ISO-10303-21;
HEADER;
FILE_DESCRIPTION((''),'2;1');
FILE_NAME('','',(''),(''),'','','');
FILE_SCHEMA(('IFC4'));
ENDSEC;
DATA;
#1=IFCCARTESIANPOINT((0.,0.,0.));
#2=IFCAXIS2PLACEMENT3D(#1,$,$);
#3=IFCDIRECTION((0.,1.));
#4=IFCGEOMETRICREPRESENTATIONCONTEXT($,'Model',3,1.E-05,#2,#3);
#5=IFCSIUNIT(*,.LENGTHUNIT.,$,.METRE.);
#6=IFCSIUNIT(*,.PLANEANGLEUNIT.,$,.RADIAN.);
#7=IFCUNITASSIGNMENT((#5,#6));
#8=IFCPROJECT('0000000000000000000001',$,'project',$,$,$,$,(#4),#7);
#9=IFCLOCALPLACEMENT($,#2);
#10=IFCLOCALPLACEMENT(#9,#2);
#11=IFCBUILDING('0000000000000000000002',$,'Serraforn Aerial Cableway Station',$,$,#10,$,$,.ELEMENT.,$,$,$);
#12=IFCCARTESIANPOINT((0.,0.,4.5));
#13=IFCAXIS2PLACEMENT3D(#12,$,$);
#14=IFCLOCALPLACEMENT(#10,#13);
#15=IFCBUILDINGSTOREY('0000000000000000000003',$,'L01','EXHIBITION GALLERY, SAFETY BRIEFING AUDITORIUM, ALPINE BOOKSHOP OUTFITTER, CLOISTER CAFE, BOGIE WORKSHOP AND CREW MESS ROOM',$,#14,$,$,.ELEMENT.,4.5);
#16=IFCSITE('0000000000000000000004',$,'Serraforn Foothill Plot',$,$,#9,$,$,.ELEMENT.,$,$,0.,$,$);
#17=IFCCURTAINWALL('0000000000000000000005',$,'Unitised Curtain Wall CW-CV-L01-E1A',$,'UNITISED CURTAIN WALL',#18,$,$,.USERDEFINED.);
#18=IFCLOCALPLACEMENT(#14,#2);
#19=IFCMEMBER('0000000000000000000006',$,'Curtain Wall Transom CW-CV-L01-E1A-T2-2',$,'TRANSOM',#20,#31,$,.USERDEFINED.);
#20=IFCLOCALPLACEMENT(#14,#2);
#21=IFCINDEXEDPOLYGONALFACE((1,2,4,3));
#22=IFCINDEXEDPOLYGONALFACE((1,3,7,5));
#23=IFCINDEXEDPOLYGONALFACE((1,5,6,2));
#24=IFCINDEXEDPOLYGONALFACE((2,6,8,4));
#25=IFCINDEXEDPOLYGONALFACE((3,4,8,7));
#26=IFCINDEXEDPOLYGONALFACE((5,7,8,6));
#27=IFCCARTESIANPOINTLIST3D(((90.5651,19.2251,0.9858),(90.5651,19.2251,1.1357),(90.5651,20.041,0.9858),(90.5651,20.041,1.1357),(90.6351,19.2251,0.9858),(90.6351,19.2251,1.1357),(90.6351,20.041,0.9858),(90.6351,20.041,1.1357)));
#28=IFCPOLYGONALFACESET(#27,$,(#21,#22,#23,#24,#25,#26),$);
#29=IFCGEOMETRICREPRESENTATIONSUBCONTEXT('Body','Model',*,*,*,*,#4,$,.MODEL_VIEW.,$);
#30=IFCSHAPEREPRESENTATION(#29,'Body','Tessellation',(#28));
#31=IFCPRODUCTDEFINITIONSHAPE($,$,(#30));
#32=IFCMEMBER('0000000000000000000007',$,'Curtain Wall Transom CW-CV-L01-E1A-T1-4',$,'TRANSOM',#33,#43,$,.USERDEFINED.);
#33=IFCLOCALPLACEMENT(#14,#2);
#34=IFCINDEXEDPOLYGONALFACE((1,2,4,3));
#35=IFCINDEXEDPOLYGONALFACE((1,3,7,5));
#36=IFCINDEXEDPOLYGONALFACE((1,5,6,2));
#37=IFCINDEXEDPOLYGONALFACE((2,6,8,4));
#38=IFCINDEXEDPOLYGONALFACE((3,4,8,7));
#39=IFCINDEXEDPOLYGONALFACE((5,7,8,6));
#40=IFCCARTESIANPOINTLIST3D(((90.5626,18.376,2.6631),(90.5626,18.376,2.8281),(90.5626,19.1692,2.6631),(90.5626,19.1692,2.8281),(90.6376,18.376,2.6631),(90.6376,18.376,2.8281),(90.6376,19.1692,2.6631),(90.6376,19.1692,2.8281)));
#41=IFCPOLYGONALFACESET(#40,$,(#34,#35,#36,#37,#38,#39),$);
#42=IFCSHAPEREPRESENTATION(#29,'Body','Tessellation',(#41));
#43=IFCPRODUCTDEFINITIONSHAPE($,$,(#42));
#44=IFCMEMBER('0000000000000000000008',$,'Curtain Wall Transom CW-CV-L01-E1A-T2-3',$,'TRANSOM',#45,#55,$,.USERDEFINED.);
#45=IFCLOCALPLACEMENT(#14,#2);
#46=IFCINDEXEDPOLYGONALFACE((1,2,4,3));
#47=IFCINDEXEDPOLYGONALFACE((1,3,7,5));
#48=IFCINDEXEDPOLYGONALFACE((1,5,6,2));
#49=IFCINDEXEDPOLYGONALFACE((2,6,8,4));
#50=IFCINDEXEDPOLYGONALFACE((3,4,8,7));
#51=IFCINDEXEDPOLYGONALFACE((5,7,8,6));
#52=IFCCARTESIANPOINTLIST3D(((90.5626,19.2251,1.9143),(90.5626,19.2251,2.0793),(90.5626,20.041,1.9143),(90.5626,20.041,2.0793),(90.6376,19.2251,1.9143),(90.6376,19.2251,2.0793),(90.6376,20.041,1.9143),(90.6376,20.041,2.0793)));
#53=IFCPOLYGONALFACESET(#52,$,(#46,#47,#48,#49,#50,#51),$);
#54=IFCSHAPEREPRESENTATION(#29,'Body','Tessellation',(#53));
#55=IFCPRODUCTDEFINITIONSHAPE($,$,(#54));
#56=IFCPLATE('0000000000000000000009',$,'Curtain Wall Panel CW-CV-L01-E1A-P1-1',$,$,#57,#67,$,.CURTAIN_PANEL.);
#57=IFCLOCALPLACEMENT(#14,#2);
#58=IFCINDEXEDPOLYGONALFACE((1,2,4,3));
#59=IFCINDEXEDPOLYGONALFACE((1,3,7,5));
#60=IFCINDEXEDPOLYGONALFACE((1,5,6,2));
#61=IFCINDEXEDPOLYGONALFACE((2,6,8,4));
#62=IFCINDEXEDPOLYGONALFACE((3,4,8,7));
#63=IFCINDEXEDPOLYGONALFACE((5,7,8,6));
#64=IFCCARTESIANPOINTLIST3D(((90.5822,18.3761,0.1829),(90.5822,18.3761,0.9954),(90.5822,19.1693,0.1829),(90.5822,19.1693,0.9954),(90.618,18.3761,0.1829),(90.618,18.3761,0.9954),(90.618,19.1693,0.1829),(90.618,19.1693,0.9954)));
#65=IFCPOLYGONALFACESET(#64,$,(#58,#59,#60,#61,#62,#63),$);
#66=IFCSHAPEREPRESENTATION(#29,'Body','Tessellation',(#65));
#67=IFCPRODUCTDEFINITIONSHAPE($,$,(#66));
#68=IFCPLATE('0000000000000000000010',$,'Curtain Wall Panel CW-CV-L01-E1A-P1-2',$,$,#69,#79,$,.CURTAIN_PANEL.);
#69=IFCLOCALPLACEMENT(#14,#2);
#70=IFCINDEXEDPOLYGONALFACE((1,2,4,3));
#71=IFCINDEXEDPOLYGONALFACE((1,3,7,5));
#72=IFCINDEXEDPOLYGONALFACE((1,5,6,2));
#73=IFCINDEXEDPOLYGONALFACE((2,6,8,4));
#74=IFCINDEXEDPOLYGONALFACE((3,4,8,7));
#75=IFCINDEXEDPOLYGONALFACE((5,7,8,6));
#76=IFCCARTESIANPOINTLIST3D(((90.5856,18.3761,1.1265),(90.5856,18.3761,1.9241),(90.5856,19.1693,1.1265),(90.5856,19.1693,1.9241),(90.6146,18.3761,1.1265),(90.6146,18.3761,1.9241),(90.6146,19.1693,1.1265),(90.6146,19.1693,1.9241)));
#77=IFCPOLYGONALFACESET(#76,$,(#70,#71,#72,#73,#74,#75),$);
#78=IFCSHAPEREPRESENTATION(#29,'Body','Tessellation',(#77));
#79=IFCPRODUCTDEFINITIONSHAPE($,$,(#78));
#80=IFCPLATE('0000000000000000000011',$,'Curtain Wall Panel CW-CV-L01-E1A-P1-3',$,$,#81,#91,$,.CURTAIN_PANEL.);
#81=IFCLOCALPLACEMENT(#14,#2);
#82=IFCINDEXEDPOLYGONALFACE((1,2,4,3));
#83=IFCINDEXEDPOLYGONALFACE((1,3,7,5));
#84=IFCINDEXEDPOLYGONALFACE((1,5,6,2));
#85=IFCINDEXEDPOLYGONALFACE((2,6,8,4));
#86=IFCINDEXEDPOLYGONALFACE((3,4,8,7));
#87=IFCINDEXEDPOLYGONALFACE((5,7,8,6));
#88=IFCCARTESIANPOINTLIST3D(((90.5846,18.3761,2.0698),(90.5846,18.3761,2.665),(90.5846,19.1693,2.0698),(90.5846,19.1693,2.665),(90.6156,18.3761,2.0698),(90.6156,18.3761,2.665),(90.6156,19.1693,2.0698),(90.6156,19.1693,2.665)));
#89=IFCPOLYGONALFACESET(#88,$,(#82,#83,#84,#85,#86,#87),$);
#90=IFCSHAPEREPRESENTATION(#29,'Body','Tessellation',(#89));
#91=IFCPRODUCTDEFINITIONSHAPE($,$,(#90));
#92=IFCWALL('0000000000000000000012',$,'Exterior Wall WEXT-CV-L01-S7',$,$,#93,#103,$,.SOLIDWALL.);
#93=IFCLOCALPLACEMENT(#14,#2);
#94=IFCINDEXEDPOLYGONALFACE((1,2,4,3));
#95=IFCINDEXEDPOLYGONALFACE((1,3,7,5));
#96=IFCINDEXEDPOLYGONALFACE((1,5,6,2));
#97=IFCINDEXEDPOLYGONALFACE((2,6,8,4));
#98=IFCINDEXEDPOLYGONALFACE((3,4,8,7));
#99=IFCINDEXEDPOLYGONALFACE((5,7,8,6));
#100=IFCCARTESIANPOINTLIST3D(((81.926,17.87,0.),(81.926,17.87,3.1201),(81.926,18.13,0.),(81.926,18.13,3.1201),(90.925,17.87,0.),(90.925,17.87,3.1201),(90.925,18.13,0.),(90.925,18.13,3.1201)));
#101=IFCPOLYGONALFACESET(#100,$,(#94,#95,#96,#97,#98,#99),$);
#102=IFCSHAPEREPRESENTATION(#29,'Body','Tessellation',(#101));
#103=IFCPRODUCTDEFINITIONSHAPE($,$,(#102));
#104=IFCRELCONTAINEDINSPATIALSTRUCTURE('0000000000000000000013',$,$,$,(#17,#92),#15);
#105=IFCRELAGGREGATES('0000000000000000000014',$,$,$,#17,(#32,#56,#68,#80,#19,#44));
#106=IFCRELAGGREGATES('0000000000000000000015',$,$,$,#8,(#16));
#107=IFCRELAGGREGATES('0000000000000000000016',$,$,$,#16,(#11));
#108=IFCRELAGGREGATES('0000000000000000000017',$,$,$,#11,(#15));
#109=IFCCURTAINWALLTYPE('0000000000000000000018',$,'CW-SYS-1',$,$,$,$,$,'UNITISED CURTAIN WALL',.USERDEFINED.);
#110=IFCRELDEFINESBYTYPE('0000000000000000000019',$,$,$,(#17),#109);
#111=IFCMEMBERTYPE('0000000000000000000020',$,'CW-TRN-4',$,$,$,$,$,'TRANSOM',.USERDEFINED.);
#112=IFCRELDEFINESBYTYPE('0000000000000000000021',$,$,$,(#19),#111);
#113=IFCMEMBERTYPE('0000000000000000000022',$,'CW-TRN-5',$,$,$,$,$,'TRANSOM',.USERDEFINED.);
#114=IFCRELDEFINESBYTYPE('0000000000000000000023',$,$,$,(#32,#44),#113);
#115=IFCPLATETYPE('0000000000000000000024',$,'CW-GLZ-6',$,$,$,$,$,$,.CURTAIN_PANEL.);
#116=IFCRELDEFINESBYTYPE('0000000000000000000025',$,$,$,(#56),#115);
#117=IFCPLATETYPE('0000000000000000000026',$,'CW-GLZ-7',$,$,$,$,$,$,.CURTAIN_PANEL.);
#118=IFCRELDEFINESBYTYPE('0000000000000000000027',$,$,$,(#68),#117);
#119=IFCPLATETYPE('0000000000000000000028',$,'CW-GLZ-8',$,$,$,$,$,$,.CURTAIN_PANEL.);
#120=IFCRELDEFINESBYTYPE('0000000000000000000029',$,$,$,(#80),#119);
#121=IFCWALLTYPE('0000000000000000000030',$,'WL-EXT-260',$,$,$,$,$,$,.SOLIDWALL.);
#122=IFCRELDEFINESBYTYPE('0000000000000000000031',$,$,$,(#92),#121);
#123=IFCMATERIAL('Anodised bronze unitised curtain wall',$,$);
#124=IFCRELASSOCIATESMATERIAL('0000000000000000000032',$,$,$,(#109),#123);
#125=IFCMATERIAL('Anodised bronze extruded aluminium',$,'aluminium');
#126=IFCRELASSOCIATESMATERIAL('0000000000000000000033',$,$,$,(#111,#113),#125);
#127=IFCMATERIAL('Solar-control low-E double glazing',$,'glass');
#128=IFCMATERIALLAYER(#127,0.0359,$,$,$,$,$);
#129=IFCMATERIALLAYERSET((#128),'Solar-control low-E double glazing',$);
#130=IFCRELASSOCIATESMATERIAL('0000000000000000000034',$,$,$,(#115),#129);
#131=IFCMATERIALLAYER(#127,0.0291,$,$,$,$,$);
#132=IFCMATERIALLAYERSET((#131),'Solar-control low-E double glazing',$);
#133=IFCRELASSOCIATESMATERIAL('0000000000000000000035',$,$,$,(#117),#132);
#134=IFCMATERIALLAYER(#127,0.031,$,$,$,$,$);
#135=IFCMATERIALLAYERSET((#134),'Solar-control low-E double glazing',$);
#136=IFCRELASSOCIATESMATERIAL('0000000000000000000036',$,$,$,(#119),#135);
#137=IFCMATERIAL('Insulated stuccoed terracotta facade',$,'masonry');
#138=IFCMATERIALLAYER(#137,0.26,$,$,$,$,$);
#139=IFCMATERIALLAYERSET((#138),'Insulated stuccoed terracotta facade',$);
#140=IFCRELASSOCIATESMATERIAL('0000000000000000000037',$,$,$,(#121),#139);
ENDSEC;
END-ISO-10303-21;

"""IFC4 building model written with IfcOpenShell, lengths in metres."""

from ifc_helpers import new_model, si_unit, direction, frame, frame_2d, origin, origin_2d, place, context, subcontext, project, spatial, rectangle, extrude, material, layer, layer_set, material_profile, profile_set, type_object, element, aggregate, save


model = new_model("IFC4")

# Units and contexts
model_context = context("Model", 3, precision=1e-05, world=origin(), true_north=direction((0.0, 1.0)))
body_context = subcontext(model_context, "Body", "Model", "MODEL_VIEW")
ifc_project = project(units=[si_unit("LENGTHUNIT", "METRE"), si_unit("PLANEANGLEUNIT", "RADIAN")], contexts=[model_context])

# Site, building, storey
site_placement = place(None, origin())
site = spatial("IfcSite", under=ifc_project, at=site_placement, Name="Serraforn Foothill Plot", CompositionType="ELEMENT", RefElevation=0.0)
building_placement = place(site_placement, origin())
building = spatial("IfcBuilding", under=site, at=building_placement, Name="Serraforn Aerial Cableway Station", CompositionType="ELEMENT")
storey_placement = place(building_placement, frame((0.0, 0.0, 4.5)))
storey = spatial("IfcBuildingStorey", under=building, at=storey_placement, Name="L01", Description="EXHIBITION GALLERY, SAFETY BRIEFING AUDITORIUM, ALPINE BOOKSHOP OUTFITTER, CLOISTER CAFE, BOGIE WORKSHOP AND CREW MESS ROOM", CompositionType="ELEMENT", Elevation=4.5)

# Curtain wall, members, plates
ifc_material_1 = material(Name="Anodised bronze unitised curtain wall")
curtain_wall_type = type_object("IfcCurtainWallType", Name="CW-SYS-1", ElementType="UNITISED CURTAIN WALL", PredefinedType="USERDEFINED", material=ifc_material_1)
curtain_wall_placement = place(storey_placement, origin())
curtain_wall = element("IfcCurtainWall", 1, at=curtain_wall_placement, inside=storey, type_object=curtain_wall_type, Name="Unitised Curtain Wall CW-CV-L01-E1A", ObjectType="UNITISED CURTAIN WALL", PredefinedType="USERDEFINED")
ifc_material_2 = material(Name="Anodised bronze extruded aluminium", Category="aluminium")
ifc_material_profile_1 = material_profile(ifc_material_2, rectangle(XDim=0.0701, YDim=0.1499, at=origin_2d()), Name="CW TRANSOM 70x150")
ifc_profile_set_1 = profile_set([ifc_material_profile_1], Name="Anodised bronze extruded aluminium")
member_type_1 = type_object("IfcMemberType", Name="CW-TRN-4", ElementType="TRANSOM", PredefinedType="USERDEFINED", material=ifc_profile_set_1)
member_1_placement = place(storey_placement, frame((90.6001, 19.2251, 1.0608), z_axis=(0.0, 1.0, 0.0), x_axis=(-1.0, 0.0, 0.0)))
member_1 = element("IfcMember", 2, at=member_1_placement, type_object=member_type_1, Name="Curtain Wall Transom CW-CV-L01-E1A-T2-2", ObjectType="TRANSOM", PredefinedType="USERDEFINED", context=body_context, shape_type="SweptSolid", body=[
    extrude(rectangle(XDim=0.0701, YDim=0.1499, at=origin_2d()), origin(), (0.0, 0.0, 1.0), 0.8159),
])
ifc_material_profile_2 = material_profile(ifc_material_2, rectangle(XDim=0.075, YDim=0.165, at=origin_2d()), Name="CW TRANSOM 75x165")
ifc_profile_set_2 = profile_set([ifc_material_profile_2], Name="Anodised bronze extruded aluminium")
member_type_2 = type_object("IfcMemberType", Name="CW-TRN-5", ElementType="TRANSOM", PredefinedType="USERDEFINED", material=ifc_profile_set_2)
member_2_placement = place(storey_placement, frame((90.6001, 18.376, 2.7456), z_axis=(0.0, 1.0, 0.0), x_axis=(-1.0, 0.0, 0.0)))
member_2 = element("IfcMember", 3, at=member_2_placement, type_object=member_type_2, Name="Curtain Wall Transom CW-CV-L01-E1A-T1-4", ObjectType="TRANSOM", PredefinedType="USERDEFINED", context=body_context, shape_type="SweptSolid", body=[
    extrude(rectangle(XDim=0.075, YDim=0.165, at=origin_2d()), origin(), (0.0, 0.0, 1.0), 0.7932),
])
member_3_placement = place(storey_placement, frame((90.6001, 19.2251, 1.9968), z_axis=(0.0, 1.0, 0.0), x_axis=(-1.0, 0.0, 0.0)))
member_3 = element("IfcMember", 4, at=member_3_placement, type_object=member_type_2, Name="Curtain Wall Transom CW-CV-L01-E1A-T2-3", ObjectType="TRANSOM", PredefinedType="USERDEFINED", context=body_context, shape_type="SweptSolid", body=[
    extrude(rectangle(XDim=0.075, YDim=0.165, at=origin_2d()), origin(), (0.0, 0.0, 1.0), 0.8159),
])
ifc_material_3 = material(Name="Solar-control low-E double glazing", Category="glass")
ifc_layer_1 = layer(ifc_material_3, 0.0359)
ifc_layer_set_1 = layer_set([ifc_layer_1], Name="Solar-control low-E double glazing")
plate_type_1 = type_object("IfcPlateType", Name="CW-GLZ-6", PredefinedType="CURTAIN_PANEL", material=ifc_layer_set_1)
plate_1_placement = place(storey_placement, frame((90.6001, 18.7727, 0.1829), z_axis=(0.0, 0.0, 1.0), x_axis=(1.0, 0.0, 0.0)))
plate_1 = element("IfcPlate", 5, at=plate_1_placement, type_object=plate_type_1, Name="Curtain Wall Panel CW-CV-L01-E1A-P1-1", PredefinedType="CURTAIN_PANEL", context=body_context, shape_type="SweptSolid", body=[
    extrude(rectangle(XDim=0.0359, YDim=0.7932, at=origin_2d()), origin(), (0.0, 0.0, 1.0), 0.8125),
])
ifc_layer_2 = layer(ifc_material_3, 0.0291)
ifc_layer_set_2 = layer_set([ifc_layer_2], Name="Solar-control low-E double glazing")
plate_type_2 = type_object("IfcPlateType", Name="CW-GLZ-7", PredefinedType="CURTAIN_PANEL", material=ifc_layer_set_2)
plate_2_placement = place(storey_placement, frame((90.6001, 18.7727, 1.1265), z_axis=(0.0, 0.0, 1.0), x_axis=(1.0, 0.0, 0.0)))
plate_2 = element("IfcPlate", 6, at=plate_2_placement, type_object=plate_type_2, Name="Curtain Wall Panel CW-CV-L01-E1A-P1-2", PredefinedType="CURTAIN_PANEL", context=body_context, shape_type="SweptSolid", body=[
    extrude(rectangle(XDim=0.0291, YDim=0.7932, at=origin_2d()), origin(), (0.0, 0.0, 1.0), 0.7976),
])
ifc_layer_3 = layer(ifc_material_3, 0.031)
ifc_layer_set_3 = layer_set([ifc_layer_3], Name="Solar-control low-E double glazing")
plate_type_3 = type_object("IfcPlateType", Name="CW-GLZ-8", PredefinedType="CURTAIN_PANEL", material=ifc_layer_set_3)
plate_3_placement = place(storey_placement, frame((90.6001, 18.7727, 2.0698), z_axis=(0.0, 0.0, 1.0), x_axis=(1.0, 0.0, 0.0)))
plate_3 = element("IfcPlate", 7, at=plate_3_placement, type_object=plate_type_3, Name="Curtain Wall Panel CW-CV-L01-E1A-P1-3", PredefinedType="CURTAIN_PANEL", context=body_context, shape_type="SweptSolid", body=[
    extrude(rectangle(XDim=0.031, YDim=0.7932, at=origin_2d()), origin(), (0.0, 0.0, 1.0), 0.5952),
])
aggregate(curtain_wall, [member_2, plate_1, plate_2, plate_3, member_1, member_3])

# Wall
ifc_material_4 = material(Name="Insulated stuccoed terracotta facade", Category="masonry")
ifc_layer_4 = layer(ifc_material_4, 0.26)
ifc_layer_set_4 = layer_set([ifc_layer_4], Name="Insulated stuccoed terracotta facade")
wall_type = type_object("IfcWallType", Name="WL-EXT-260", PredefinedType="SOLIDWALL", material=ifc_layer_set_4)
wall_placement = place(storey_placement, frame((81.926, 18.0, 0.0), z_axis=(0.0, 0.0, 1.0), x_axis=(1.0, 0.0, 0.0)))
element("IfcWall", 8, at=wall_placement, inside=storey, type_object=wall_type, Name="Exterior Wall WEXT-CV-L01-S7", PredefinedType="SOLIDWALL", context=body_context, shape_type="SweptSolid", body=[
    extrude(rectangle(XDim=8.999, YDim=0.26, at=frame_2d((4.4995, 0.0))), origin(), (0.0, 0.0, 1.0), 3.1201),
])

save(model, "model.ifc")
